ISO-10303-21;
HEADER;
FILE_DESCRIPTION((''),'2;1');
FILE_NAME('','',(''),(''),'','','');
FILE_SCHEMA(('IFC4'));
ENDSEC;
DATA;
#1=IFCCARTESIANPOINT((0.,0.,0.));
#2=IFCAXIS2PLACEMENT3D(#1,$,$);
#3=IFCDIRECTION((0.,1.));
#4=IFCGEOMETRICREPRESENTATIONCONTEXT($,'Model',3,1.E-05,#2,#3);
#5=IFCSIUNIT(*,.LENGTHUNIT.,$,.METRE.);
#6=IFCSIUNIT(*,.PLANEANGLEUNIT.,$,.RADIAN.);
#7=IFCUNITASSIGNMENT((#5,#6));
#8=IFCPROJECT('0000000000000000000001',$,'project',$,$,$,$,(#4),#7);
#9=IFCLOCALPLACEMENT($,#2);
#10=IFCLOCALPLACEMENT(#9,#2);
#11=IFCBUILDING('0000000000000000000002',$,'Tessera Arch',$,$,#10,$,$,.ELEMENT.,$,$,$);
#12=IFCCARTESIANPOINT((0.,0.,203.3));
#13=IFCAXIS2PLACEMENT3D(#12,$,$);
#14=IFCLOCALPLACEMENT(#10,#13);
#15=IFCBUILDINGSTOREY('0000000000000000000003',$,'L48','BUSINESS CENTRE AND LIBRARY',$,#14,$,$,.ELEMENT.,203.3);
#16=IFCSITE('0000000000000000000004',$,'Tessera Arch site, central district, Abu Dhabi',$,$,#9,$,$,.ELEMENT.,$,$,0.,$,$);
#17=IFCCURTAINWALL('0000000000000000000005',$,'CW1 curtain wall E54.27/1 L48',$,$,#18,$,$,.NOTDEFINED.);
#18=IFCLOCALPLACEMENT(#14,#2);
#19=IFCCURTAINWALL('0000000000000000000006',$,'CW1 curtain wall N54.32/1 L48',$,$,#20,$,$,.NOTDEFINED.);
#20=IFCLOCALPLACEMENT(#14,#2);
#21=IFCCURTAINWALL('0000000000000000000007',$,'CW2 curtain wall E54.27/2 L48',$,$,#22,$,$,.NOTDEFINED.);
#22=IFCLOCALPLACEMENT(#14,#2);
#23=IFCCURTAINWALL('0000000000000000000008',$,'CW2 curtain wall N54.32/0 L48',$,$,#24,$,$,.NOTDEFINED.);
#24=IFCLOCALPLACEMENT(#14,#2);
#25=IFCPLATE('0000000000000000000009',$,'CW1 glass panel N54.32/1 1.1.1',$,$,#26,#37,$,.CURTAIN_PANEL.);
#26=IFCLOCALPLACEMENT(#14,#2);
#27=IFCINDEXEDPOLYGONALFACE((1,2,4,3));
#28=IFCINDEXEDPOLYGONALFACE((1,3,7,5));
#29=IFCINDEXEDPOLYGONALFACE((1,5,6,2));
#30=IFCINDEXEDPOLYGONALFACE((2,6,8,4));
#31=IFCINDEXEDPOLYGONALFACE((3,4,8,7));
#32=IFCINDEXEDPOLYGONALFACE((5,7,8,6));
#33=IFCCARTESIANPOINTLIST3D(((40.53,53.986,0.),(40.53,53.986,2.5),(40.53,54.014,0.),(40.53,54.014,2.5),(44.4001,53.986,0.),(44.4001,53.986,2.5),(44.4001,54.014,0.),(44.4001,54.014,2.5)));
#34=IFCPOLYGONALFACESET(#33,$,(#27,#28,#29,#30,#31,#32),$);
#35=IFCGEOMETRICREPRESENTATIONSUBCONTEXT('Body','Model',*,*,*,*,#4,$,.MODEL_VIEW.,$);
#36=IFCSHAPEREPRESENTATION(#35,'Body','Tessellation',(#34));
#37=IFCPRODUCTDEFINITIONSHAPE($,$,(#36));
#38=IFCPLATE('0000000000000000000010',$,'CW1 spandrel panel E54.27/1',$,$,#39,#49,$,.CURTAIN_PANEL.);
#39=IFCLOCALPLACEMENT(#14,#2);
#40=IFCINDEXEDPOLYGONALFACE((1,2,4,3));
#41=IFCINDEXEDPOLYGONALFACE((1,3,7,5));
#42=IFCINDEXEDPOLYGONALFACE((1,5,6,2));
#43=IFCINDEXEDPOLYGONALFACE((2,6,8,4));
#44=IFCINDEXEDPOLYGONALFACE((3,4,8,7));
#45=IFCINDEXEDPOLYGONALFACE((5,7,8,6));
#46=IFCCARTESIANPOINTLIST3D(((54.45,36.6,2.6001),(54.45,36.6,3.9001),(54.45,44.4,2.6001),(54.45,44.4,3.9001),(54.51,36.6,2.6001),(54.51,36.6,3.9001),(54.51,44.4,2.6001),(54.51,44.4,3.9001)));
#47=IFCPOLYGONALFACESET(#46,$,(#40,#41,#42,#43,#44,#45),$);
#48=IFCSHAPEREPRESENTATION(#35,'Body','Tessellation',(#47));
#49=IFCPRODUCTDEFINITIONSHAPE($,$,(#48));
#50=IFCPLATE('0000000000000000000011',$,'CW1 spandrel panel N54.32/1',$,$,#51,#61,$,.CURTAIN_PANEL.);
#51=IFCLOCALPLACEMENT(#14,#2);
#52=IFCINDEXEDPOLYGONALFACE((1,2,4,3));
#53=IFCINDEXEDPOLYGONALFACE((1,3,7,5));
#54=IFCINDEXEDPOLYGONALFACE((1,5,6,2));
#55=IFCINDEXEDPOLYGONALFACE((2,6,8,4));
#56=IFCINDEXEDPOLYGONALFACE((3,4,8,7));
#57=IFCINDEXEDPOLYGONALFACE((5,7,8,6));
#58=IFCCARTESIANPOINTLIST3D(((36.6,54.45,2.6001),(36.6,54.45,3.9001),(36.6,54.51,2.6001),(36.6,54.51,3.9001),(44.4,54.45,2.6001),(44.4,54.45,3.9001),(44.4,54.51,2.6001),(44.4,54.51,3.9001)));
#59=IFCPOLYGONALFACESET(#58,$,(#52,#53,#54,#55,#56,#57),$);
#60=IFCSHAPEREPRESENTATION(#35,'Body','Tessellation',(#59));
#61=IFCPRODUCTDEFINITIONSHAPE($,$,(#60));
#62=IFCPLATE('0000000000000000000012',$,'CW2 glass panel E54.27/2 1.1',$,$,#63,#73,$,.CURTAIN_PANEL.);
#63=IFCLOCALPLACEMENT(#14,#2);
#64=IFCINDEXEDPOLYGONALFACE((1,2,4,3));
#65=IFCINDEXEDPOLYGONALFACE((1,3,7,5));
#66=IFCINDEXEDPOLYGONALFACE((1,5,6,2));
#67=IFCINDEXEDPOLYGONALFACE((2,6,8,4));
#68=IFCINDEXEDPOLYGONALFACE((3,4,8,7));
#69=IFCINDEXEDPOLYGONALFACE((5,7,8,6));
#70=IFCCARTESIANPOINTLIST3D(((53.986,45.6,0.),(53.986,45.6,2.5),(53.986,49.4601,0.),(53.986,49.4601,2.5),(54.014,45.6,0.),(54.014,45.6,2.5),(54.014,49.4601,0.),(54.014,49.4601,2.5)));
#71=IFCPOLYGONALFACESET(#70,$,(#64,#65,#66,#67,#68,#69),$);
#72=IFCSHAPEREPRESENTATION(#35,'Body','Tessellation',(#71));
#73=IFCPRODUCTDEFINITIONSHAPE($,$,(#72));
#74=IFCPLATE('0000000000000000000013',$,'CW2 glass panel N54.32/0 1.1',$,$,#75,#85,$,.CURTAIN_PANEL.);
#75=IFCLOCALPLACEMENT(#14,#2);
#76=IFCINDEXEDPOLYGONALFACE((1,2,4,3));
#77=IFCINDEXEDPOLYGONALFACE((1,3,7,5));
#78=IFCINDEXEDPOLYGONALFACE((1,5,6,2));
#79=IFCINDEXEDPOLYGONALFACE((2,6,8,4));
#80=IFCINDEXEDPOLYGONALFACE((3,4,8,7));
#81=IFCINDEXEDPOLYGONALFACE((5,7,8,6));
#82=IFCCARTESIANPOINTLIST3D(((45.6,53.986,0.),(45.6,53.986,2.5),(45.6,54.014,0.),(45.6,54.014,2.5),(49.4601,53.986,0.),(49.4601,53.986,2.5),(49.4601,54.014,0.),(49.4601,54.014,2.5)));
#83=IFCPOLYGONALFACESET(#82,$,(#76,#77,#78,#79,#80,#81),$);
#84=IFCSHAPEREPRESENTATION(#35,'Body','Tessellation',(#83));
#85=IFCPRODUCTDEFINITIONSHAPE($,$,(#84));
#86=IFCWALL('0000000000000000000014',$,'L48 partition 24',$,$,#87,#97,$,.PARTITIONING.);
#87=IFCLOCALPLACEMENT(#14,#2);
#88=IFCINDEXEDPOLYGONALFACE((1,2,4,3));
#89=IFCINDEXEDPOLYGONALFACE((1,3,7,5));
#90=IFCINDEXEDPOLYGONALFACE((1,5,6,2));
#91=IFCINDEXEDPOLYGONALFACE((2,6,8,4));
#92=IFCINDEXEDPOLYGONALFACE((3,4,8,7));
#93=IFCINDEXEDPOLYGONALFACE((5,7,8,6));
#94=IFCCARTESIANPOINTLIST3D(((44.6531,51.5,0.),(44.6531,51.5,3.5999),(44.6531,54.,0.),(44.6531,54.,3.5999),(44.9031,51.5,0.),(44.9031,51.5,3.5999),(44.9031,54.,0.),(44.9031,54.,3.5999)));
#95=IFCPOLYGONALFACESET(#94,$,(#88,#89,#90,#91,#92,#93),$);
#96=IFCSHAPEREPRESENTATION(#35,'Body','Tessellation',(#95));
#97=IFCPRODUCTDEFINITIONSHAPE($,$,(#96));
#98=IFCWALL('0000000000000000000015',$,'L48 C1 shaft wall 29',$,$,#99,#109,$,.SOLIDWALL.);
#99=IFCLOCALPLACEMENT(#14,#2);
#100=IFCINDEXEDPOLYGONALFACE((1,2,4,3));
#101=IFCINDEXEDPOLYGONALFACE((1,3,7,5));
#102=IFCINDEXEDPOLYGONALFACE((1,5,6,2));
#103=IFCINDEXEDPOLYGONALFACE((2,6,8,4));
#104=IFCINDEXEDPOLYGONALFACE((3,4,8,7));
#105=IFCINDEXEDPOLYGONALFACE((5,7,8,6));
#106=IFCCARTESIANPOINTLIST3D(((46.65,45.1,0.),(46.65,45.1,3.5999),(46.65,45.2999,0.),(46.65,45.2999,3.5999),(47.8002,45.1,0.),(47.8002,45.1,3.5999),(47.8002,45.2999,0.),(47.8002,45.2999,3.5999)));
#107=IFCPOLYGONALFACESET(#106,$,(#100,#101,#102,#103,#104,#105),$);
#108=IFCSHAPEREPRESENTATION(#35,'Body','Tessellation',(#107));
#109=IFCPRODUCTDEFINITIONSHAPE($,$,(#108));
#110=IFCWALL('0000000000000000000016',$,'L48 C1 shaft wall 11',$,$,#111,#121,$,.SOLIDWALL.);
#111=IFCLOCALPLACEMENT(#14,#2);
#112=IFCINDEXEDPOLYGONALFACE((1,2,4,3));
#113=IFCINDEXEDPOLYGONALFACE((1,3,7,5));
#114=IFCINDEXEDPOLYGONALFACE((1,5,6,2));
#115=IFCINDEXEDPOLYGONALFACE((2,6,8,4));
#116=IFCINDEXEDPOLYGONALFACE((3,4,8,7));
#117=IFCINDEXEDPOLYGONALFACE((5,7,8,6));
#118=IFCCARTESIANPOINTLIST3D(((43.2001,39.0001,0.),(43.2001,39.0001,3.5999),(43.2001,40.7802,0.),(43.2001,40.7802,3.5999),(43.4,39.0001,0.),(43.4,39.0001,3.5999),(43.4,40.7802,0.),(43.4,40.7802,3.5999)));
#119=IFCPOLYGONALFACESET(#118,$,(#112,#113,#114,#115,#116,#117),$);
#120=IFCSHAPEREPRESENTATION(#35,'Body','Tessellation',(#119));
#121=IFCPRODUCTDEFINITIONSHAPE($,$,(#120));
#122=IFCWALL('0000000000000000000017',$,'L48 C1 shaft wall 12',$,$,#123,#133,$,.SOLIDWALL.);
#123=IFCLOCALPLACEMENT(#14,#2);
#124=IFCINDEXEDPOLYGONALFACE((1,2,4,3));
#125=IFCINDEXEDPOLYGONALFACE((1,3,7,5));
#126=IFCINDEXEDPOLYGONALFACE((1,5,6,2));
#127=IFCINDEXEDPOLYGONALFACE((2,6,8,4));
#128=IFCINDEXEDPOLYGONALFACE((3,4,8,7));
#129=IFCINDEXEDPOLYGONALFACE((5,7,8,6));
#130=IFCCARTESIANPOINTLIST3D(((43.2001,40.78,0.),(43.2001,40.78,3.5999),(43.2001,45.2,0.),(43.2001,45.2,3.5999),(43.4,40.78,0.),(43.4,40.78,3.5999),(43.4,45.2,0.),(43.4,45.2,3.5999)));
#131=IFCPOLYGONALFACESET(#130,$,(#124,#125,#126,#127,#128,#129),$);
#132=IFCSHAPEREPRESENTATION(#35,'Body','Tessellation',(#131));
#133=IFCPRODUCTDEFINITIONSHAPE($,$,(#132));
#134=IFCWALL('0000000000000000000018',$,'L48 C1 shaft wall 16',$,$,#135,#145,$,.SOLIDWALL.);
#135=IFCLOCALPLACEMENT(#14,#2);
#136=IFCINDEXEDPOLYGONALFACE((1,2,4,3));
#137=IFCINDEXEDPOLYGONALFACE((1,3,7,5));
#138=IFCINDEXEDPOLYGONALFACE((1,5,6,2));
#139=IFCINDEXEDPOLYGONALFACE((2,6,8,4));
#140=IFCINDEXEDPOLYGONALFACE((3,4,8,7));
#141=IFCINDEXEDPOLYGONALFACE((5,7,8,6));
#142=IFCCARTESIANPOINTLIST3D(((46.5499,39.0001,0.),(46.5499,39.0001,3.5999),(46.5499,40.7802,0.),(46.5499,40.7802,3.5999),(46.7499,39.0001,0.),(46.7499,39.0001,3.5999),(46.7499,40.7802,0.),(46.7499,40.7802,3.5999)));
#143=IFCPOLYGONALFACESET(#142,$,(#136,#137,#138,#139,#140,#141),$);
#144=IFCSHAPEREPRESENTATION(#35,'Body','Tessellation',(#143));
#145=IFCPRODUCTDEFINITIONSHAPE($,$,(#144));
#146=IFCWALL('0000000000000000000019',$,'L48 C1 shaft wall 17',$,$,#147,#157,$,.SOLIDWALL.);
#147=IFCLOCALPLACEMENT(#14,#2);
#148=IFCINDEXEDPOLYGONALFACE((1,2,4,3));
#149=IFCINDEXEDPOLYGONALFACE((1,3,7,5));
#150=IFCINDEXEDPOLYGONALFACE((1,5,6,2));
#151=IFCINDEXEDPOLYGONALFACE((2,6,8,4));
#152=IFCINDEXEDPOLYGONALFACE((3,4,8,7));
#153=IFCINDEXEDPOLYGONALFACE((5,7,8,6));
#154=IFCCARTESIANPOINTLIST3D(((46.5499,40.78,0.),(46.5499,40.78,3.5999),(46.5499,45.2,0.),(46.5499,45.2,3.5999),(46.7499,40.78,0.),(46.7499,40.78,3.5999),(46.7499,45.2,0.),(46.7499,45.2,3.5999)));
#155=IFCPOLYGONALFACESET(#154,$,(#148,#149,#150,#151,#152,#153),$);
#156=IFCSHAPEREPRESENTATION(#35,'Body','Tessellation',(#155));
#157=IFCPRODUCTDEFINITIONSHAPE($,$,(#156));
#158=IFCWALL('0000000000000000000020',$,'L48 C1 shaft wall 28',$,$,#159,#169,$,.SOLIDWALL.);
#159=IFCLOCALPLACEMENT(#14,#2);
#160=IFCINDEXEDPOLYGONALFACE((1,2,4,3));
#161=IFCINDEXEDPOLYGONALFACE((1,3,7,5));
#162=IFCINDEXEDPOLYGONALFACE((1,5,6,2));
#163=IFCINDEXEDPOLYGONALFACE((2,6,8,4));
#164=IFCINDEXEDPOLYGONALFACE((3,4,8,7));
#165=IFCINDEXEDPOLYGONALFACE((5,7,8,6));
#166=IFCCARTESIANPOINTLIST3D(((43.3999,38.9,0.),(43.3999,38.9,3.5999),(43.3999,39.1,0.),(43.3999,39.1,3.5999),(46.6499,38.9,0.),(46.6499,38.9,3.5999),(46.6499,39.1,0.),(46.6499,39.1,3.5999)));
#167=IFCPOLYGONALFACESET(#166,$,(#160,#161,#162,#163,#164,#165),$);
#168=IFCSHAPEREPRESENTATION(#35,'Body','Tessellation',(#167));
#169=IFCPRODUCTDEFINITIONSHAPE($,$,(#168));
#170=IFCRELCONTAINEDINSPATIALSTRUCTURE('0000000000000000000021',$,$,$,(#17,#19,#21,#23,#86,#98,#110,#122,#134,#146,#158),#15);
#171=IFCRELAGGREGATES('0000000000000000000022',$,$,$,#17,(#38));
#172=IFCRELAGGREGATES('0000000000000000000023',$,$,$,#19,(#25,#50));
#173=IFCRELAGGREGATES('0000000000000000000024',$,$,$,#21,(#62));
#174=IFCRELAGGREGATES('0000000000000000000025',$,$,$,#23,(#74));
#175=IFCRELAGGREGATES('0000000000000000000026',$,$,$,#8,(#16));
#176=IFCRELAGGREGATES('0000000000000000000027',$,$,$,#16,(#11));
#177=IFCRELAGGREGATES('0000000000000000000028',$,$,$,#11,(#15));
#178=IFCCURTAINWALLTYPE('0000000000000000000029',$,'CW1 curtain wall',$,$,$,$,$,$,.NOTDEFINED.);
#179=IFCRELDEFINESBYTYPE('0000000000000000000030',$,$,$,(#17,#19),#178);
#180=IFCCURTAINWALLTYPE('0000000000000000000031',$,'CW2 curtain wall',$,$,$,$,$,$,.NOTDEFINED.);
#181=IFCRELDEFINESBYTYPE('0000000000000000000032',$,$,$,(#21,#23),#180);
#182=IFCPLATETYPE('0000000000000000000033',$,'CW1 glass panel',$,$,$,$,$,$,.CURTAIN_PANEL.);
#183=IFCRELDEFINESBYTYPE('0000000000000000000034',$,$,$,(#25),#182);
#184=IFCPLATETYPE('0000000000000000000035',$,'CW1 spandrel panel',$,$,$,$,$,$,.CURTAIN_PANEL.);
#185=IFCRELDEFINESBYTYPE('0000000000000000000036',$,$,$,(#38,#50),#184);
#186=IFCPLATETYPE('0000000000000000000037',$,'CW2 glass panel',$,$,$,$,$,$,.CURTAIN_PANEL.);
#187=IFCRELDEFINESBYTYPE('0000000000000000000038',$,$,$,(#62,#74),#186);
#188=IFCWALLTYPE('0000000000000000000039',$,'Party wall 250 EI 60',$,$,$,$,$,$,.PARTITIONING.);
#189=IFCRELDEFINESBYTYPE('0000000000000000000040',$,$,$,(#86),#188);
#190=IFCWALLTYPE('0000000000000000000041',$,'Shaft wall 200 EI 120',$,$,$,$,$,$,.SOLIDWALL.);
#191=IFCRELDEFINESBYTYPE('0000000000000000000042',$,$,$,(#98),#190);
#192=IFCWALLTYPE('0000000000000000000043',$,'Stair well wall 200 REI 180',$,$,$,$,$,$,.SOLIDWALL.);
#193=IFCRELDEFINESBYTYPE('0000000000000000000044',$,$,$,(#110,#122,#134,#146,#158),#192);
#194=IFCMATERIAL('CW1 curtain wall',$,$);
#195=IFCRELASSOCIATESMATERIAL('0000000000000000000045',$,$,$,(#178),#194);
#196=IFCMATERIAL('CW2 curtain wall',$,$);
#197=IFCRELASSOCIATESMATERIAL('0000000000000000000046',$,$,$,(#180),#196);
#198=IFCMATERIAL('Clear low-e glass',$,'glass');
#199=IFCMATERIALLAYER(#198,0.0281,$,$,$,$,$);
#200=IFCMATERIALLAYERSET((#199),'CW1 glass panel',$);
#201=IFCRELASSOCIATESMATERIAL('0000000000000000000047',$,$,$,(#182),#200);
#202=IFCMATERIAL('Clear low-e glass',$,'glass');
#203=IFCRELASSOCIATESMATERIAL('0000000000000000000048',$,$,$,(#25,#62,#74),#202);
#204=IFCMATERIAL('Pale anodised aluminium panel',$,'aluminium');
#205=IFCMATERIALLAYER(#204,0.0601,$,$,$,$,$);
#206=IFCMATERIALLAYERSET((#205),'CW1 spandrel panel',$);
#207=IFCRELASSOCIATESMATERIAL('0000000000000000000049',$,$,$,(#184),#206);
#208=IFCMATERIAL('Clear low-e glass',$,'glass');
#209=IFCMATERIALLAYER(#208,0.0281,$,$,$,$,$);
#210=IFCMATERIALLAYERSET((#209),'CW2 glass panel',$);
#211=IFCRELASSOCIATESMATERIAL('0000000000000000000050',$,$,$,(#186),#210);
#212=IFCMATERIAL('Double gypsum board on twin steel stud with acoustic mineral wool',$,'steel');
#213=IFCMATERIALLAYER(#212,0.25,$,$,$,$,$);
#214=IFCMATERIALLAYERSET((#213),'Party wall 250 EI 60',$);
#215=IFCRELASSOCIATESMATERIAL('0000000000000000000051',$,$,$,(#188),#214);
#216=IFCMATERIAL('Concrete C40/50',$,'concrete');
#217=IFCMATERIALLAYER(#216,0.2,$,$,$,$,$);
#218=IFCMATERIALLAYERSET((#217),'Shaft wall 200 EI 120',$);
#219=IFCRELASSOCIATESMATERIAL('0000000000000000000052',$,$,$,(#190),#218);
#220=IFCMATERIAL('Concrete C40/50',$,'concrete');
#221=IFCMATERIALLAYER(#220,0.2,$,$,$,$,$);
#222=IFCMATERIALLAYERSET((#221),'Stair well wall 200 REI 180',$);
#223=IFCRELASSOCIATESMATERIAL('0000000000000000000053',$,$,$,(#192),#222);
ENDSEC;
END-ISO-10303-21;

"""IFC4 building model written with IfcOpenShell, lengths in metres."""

from ifc_helpers import new_model, si_unit, direction, frame, frame_2d, origin, origin_2d, place, context, subcontext, project, spatial, rectangle, extrude, material, layer, layer_set, type_object, element, aggregate, save


model = new_model("IFC4")

# Units and contexts
model_context = context("Model", 3, precision=1e-05, world=origin(), true_north=direction((0.0, 1.0)))
body_context = subcontext(model_context, "Body", "Model", "MODEL_VIEW")
ifc_project = project(units=[si_unit("LENGTHUNIT", "METRE"), si_unit("PLANEANGLEUNIT", "RADIAN")], contexts=[model_context])

# Site, building, storey
site_placement = place(None, origin())
site = spatial("IfcSite", under=ifc_project, at=site_placement, Name="Tessera Arch site, central district, Abu Dhabi", CompositionType="ELEMENT", RefElevation=0.0)
building_placement = place(site_placement, origin())
building = spatial("IfcBuilding", under=site, at=building_placement, Name="Tessera Arch", CompositionType="ELEMENT")
storey_placement = place(building_placement, frame((0.0, 0.0, 203.3)))
storey = spatial("IfcBuildingStorey", under=building, at=storey_placement, Name="L48", Description="BUSINESS CENTRE AND LIBRARY", CompositionType="ELEMENT", Elevation=203.3)

# Curtain wall
ifc_material_1 = material(Name="CW1 curtain wall")
curtain_wall_type_1 = type_object("IfcCurtainWallType", Name="CW1 curtain wall", PredefinedType="NOTDEFINED", material=ifc_material_1)
curtain_wall_1_placement = place(storey_placement, origin())
curtain_wall_1 = element("IfcCurtainWall", 1, at=curtain_wall_1_placement, inside=storey, type_object=curtain_wall_type_1, Name="CW1 curtain wall E54.27/1 L48", PredefinedType="NOTDEFINED")

# Curtain wall
curtain_wall_2_placement = place(storey_placement, origin())
curtain_wall_2 = element("IfcCurtainWall", 2, at=curtain_wall_2_placement, inside=storey, type_object=curtain_wall_type_1, Name="CW1 curtain wall N54.32/1 L48", PredefinedType="NOTDEFINED")

# Curtain walls
ifc_material_2 = material(Name="CW2 curtain wall")
curtain_wall_type_2 = type_object("IfcCurtainWallType", Name="CW2 curtain wall", PredefinedType="NOTDEFINED", material=ifc_material_2)
curtain_wall_3_placement = place(storey_placement, origin())
curtain_wall_3 = element("IfcCurtainWall", 3, at=curtain_wall_3_placement, inside=storey, type_object=curtain_wall_type_2, Name="CW2 curtain wall E54.27/2 L48", PredefinedType="NOTDEFINED")
curtain_wall_4_placement = place(storey_placement, origin())
curtain_wall_4 = element("IfcCurtainWall", 4, at=curtain_wall_4_placement, inside=storey, type_object=curtain_wall_type_2, Name="CW2 curtain wall N54.32/0 L48", PredefinedType="NOTDEFINED")

# Plates
ifc_material_3 = material(Name="Clear low-e glass", Category="glass")
ifc_material_4 = material(Name="Clear low-e glass", Category="glass")
ifc_layer_1 = layer(ifc_material_4, 0.0281)
ifc_layer_set_1 = layer_set([ifc_layer_1], Name="CW1 glass panel")
plate_type_1 = type_object("IfcPlateType", Name="CW1 glass panel", PredefinedType="CURTAIN_PANEL", material=ifc_layer_set_1)
plate_1_placement = place(storey_placement, frame((42.4651, 54.0, 0.0), z_axis=(0.0, 0.0, 1.0), x_axis=(-1.0, 0.0, 0.0)))
plate_1 = element("IfcPlate", 5, at=plate_1_placement, type_object=plate_type_1, material=ifc_material_3, Name="CW1 glass panel N54.32/1 1.1.1", PredefinedType="CURTAIN_PANEL", context=body_context, shape_type="SweptSolid", body=[
    extrude(rectangle(XDim=3.8701, YDim=0.0281, at=origin_2d()), origin(), (0.0, 0.0, 1.0), 2.5),
])
ifc_material_5 = material(Name="Pale anodised aluminium panel", Category="aluminium")
ifc_layer_2 = layer(ifc_material_5, 0.0601)
ifc_layer_set_2 = layer_set([ifc_layer_2], Name="CW1 spandrel panel")
plate_type_2 = type_object("IfcPlateType", Name="CW1 spandrel panel", PredefinedType="CURTAIN_PANEL", material=ifc_layer_set_2)
plate_2_placement = place(storey_placement, frame((54.48, 40.5, 2.6001), z_axis=(0.0, 0.0, 1.0), x_axis=(0.0, 1.0, 0.0)))
plate_2 = element("IfcPlate", 6, at=plate_2_placement, type_object=plate_type_2, Name="CW1 spandrel panel E54.27/1", PredefinedType="CURTAIN_PANEL", context=body_context, shape_type="SweptSolid", body=[
    extrude(rectangle(XDim=7.8, YDim=0.0601, at=origin_2d()), origin(), (0.0, 0.0, 1.0), 1.3),
])
aggregate(curtain_wall_1, [plate_2])
plate_3_placement = place(storey_placement, frame((40.5, 54.48, 2.6001), z_axis=(0.0, 0.0, 1.0), x_axis=(-1.0, 0.0, 0.0)))
plate_3 = element("IfcPlate", 7, at=plate_3_placement, type_object=plate_type_2, Name="CW1 spandrel panel N54.32/1", PredefinedType="CURTAIN_PANEL", context=body_context, shape_type="SweptSolid", body=[
    extrude(rectangle(XDim=7.8, YDim=0.0601, at=origin_2d()), origin(), (0.0, 0.0, 1.0), 1.3),
])
aggregate(curtain_wall_2, [plate_1, plate_3])
ifc_material_6 = material(Name="Clear low-e glass", Category="glass")
ifc_layer_3 = layer(ifc_material_6, 0.0281)
ifc_layer_set_3 = layer_set([ifc_layer_3], Name="CW2 glass panel")
plate_type_3 = type_object("IfcPlateType", Name="CW2 glass panel", PredefinedType="CURTAIN_PANEL", material=ifc_layer_set_3)
plate_4_placement = place(storey_placement, frame((54.0, 47.53, 0.0), z_axis=(0.0, 0.0, 1.0), x_axis=(0.0, 1.0, 0.0)))
plate_4 = element("IfcPlate", 8, at=plate_4_placement, type_object=plate_type_3, material=ifc_material_3, Name="CW2 glass panel E54.27/2 1.1", PredefinedType="CURTAIN_PANEL", context=body_context, shape_type="SweptSolid", body=[
    extrude(rectangle(XDim=3.8601, YDim=0.0281, at=origin_2d()), origin(), (0.0, 0.0, 1.0), 2.5),
])
aggregate(curtain_wall_3, [plate_4])
plate_5_placement = place(storey_placement, frame((47.53, 54.0, 0.0), z_axis=(0.0, 0.0, 1.0), x_axis=(-1.0, 0.0, 0.0)))
plate_5 = element("IfcPlate", 9, at=plate_5_placement, type_object=plate_type_3, material=ifc_material_3, Name="CW2 glass panel N54.32/0 1.1", PredefinedType="CURTAIN_PANEL", context=body_context, shape_type="SweptSolid", body=[
    extrude(rectangle(XDim=3.8601, YDim=0.0281, at=origin_2d()), origin(), (0.0, 0.0, 1.0), 2.5),
])
aggregate(curtain_wall_4, [plate_5])

# Walls
ifc_material_7 = material(Name="Double gypsum board on twin steel stud with acoustic mineral wool", Category="steel")
ifc_layer_4 = layer(ifc_material_7, 0.25)
ifc_layer_set_4 = layer_set([ifc_layer_4], Name="Party wall 250 EI 60")
wall_type_1 = type_object("IfcWallType", Name="Party wall 250 EI 60", PredefinedType="PARTITIONING", material=ifc_layer_set_4)
wall_1_placement = place(storey_placement, frame((44.7781, 51.5, 0.0), z_axis=(0.0, 0.0, 1.0), x_axis=(0.0, 1.0, 0.0)))
element("IfcWall", 10, at=wall_1_placement, inside=storey, type_object=wall_type_1, Name="L48 partition 24", PredefinedType="PARTITIONING", context=body_context, shape_type="SweptSolid", body=[
    extrude(rectangle(XDim=2.5, YDim=0.25, at=frame_2d((1.25, 0.0))), origin(), (0.0, 0.0, 1.0), 3.5999),
])
ifc_material_8 = material(Name="Concrete C40/50", Category="concrete")
ifc_layer_5 = layer(ifc_material_8, 0.2)
ifc_layer_set_5 = layer_set([ifc_layer_5], Name="Shaft wall 200 EI 120")
wall_type_2 = type_object("IfcWallType", Name="Shaft wall 200 EI 120", PredefinedType="SOLIDWALL", material=ifc_layer_set_5)
wall_2_placement = place(storey_placement, frame((46.6499, 45.2, 0.0), z_axis=(0.0, 0.0, 1.0), x_axis=(1.0, 0.0, 0.0)))
element("IfcWall", 11, at=wall_2_placement, inside=storey, type_object=wall_type_2, Name="L48 C1 shaft wall 29", PredefinedType="SOLIDWALL", context=body_context, shape_type="SweptSolid", body=[
    extrude(rectangle(XDim=1.1501, YDim=0.2, at=frame_2d((0.5752, 0.0))), origin(), (0.0, 0.0, 1.0), 3.5999),
])
ifc_material_9 = material(Name="Concrete C40/50", Category="concrete")
ifc_layer_6 = layer(ifc_material_9, 0.2)
ifc_layer_set_6 = layer_set([ifc_layer_6], Name="Stair well wall 200 REI 180")
wall_type_3 = type_object("IfcWallType", Name="Stair well wall 200 REI 180", PredefinedType="SOLIDWALL", material=ifc_layer_set_6)
wall_3_placement = place(storey_placement, frame((43.3, 39.0, 0.0), z_axis=(0.0, 0.0, 1.0), x_axis=(0.0, 1.0, 0.0)))
element("IfcWall", 12, at=wall_3_placement, inside=storey, type_object=wall_type_3, Name="L48 C1 shaft wall 11", PredefinedType="SOLIDWALL", context=body_context, shape_type="SweptSolid", body=[
    extrude(rectangle(XDim=1.78, YDim=0.2, at=frame_2d((0.8901, 0.0))), origin(), (0.0, 0.0, 1.0), 3.5999),
])
wall_4_placement = place(storey_placement, frame((43.3, 40.78, 0.0), z_axis=(0.0, 0.0, 1.0), x_axis=(0.0, 1.0, 0.0)))
element("IfcWall", 13, at=wall_4_placement, inside=storey, type_object=wall_type_3, Name="L48 C1 shaft wall 12", PredefinedType="SOLIDWALL", context=body_context, shape_type="SweptSolid", body=[
    extrude(rectangle(XDim=4.4199, YDim=0.2, at=frame_2d((2.21, 0.0))), origin(), (0.0, 0.0, 1.0), 3.5999),
])
wall_5_placement = place(storey_placement, frame((46.6499, 39.0, 0.0), z_axis=(0.0, 0.0, 1.0), x_axis=(0.0, 1.0, 0.0)))
element("IfcWall", 14, at=wall_5_placement, inside=storey, type_object=wall_type_3, Name="L48 C1 shaft wall 16", PredefinedType="SOLIDWALL", context=body_context, shape_type="SweptSolid", body=[
    extrude(rectangle(XDim=1.78, YDim=0.2, at=frame_2d((0.8901, 0.0))), origin(), (0.0, 0.0, 1.0), 3.5999),
])
wall_6_placement = place(storey_placement, frame((46.6499, 40.78, 0.0), z_axis=(0.0, 0.0, 1.0), x_axis=(0.0, 1.0, 0.0)))
element("IfcWall", 15, at=wall_6_placement, inside=storey, type_object=wall_type_3, Name="L48 C1 shaft wall 17", PredefinedType="SOLIDWALL", context=body_context, shape_type="SweptSolid", body=[
    extrude(rectangle(XDim=4.4199, YDim=0.2, at=frame_2d((2.21, 0.0))), origin(), (0.0, 0.0, 1.0), 3.5999),
])
wall_7_placement = place(storey_placement, frame((43.3999, 39.0, 0.0), z_axis=(0.0, 0.0, 1.0), x_axis=(1.0, 0.0, 0.0)))
element("IfcWall", 16, at=wall_7_placement, inside=storey, type_object=wall_type_3, Name="L48 C1 shaft wall 28", PredefinedType="SOLIDWALL", context=body_context, shape_type="SweptSolid", body=[
    extrude(rectangle(XDim=3.25, YDim=0.2, at=frame_2d((1.625, 0.0))), origin(), (0.0, 0.0, 1.0), 3.5999),
])

save(model, "model.ifc")
